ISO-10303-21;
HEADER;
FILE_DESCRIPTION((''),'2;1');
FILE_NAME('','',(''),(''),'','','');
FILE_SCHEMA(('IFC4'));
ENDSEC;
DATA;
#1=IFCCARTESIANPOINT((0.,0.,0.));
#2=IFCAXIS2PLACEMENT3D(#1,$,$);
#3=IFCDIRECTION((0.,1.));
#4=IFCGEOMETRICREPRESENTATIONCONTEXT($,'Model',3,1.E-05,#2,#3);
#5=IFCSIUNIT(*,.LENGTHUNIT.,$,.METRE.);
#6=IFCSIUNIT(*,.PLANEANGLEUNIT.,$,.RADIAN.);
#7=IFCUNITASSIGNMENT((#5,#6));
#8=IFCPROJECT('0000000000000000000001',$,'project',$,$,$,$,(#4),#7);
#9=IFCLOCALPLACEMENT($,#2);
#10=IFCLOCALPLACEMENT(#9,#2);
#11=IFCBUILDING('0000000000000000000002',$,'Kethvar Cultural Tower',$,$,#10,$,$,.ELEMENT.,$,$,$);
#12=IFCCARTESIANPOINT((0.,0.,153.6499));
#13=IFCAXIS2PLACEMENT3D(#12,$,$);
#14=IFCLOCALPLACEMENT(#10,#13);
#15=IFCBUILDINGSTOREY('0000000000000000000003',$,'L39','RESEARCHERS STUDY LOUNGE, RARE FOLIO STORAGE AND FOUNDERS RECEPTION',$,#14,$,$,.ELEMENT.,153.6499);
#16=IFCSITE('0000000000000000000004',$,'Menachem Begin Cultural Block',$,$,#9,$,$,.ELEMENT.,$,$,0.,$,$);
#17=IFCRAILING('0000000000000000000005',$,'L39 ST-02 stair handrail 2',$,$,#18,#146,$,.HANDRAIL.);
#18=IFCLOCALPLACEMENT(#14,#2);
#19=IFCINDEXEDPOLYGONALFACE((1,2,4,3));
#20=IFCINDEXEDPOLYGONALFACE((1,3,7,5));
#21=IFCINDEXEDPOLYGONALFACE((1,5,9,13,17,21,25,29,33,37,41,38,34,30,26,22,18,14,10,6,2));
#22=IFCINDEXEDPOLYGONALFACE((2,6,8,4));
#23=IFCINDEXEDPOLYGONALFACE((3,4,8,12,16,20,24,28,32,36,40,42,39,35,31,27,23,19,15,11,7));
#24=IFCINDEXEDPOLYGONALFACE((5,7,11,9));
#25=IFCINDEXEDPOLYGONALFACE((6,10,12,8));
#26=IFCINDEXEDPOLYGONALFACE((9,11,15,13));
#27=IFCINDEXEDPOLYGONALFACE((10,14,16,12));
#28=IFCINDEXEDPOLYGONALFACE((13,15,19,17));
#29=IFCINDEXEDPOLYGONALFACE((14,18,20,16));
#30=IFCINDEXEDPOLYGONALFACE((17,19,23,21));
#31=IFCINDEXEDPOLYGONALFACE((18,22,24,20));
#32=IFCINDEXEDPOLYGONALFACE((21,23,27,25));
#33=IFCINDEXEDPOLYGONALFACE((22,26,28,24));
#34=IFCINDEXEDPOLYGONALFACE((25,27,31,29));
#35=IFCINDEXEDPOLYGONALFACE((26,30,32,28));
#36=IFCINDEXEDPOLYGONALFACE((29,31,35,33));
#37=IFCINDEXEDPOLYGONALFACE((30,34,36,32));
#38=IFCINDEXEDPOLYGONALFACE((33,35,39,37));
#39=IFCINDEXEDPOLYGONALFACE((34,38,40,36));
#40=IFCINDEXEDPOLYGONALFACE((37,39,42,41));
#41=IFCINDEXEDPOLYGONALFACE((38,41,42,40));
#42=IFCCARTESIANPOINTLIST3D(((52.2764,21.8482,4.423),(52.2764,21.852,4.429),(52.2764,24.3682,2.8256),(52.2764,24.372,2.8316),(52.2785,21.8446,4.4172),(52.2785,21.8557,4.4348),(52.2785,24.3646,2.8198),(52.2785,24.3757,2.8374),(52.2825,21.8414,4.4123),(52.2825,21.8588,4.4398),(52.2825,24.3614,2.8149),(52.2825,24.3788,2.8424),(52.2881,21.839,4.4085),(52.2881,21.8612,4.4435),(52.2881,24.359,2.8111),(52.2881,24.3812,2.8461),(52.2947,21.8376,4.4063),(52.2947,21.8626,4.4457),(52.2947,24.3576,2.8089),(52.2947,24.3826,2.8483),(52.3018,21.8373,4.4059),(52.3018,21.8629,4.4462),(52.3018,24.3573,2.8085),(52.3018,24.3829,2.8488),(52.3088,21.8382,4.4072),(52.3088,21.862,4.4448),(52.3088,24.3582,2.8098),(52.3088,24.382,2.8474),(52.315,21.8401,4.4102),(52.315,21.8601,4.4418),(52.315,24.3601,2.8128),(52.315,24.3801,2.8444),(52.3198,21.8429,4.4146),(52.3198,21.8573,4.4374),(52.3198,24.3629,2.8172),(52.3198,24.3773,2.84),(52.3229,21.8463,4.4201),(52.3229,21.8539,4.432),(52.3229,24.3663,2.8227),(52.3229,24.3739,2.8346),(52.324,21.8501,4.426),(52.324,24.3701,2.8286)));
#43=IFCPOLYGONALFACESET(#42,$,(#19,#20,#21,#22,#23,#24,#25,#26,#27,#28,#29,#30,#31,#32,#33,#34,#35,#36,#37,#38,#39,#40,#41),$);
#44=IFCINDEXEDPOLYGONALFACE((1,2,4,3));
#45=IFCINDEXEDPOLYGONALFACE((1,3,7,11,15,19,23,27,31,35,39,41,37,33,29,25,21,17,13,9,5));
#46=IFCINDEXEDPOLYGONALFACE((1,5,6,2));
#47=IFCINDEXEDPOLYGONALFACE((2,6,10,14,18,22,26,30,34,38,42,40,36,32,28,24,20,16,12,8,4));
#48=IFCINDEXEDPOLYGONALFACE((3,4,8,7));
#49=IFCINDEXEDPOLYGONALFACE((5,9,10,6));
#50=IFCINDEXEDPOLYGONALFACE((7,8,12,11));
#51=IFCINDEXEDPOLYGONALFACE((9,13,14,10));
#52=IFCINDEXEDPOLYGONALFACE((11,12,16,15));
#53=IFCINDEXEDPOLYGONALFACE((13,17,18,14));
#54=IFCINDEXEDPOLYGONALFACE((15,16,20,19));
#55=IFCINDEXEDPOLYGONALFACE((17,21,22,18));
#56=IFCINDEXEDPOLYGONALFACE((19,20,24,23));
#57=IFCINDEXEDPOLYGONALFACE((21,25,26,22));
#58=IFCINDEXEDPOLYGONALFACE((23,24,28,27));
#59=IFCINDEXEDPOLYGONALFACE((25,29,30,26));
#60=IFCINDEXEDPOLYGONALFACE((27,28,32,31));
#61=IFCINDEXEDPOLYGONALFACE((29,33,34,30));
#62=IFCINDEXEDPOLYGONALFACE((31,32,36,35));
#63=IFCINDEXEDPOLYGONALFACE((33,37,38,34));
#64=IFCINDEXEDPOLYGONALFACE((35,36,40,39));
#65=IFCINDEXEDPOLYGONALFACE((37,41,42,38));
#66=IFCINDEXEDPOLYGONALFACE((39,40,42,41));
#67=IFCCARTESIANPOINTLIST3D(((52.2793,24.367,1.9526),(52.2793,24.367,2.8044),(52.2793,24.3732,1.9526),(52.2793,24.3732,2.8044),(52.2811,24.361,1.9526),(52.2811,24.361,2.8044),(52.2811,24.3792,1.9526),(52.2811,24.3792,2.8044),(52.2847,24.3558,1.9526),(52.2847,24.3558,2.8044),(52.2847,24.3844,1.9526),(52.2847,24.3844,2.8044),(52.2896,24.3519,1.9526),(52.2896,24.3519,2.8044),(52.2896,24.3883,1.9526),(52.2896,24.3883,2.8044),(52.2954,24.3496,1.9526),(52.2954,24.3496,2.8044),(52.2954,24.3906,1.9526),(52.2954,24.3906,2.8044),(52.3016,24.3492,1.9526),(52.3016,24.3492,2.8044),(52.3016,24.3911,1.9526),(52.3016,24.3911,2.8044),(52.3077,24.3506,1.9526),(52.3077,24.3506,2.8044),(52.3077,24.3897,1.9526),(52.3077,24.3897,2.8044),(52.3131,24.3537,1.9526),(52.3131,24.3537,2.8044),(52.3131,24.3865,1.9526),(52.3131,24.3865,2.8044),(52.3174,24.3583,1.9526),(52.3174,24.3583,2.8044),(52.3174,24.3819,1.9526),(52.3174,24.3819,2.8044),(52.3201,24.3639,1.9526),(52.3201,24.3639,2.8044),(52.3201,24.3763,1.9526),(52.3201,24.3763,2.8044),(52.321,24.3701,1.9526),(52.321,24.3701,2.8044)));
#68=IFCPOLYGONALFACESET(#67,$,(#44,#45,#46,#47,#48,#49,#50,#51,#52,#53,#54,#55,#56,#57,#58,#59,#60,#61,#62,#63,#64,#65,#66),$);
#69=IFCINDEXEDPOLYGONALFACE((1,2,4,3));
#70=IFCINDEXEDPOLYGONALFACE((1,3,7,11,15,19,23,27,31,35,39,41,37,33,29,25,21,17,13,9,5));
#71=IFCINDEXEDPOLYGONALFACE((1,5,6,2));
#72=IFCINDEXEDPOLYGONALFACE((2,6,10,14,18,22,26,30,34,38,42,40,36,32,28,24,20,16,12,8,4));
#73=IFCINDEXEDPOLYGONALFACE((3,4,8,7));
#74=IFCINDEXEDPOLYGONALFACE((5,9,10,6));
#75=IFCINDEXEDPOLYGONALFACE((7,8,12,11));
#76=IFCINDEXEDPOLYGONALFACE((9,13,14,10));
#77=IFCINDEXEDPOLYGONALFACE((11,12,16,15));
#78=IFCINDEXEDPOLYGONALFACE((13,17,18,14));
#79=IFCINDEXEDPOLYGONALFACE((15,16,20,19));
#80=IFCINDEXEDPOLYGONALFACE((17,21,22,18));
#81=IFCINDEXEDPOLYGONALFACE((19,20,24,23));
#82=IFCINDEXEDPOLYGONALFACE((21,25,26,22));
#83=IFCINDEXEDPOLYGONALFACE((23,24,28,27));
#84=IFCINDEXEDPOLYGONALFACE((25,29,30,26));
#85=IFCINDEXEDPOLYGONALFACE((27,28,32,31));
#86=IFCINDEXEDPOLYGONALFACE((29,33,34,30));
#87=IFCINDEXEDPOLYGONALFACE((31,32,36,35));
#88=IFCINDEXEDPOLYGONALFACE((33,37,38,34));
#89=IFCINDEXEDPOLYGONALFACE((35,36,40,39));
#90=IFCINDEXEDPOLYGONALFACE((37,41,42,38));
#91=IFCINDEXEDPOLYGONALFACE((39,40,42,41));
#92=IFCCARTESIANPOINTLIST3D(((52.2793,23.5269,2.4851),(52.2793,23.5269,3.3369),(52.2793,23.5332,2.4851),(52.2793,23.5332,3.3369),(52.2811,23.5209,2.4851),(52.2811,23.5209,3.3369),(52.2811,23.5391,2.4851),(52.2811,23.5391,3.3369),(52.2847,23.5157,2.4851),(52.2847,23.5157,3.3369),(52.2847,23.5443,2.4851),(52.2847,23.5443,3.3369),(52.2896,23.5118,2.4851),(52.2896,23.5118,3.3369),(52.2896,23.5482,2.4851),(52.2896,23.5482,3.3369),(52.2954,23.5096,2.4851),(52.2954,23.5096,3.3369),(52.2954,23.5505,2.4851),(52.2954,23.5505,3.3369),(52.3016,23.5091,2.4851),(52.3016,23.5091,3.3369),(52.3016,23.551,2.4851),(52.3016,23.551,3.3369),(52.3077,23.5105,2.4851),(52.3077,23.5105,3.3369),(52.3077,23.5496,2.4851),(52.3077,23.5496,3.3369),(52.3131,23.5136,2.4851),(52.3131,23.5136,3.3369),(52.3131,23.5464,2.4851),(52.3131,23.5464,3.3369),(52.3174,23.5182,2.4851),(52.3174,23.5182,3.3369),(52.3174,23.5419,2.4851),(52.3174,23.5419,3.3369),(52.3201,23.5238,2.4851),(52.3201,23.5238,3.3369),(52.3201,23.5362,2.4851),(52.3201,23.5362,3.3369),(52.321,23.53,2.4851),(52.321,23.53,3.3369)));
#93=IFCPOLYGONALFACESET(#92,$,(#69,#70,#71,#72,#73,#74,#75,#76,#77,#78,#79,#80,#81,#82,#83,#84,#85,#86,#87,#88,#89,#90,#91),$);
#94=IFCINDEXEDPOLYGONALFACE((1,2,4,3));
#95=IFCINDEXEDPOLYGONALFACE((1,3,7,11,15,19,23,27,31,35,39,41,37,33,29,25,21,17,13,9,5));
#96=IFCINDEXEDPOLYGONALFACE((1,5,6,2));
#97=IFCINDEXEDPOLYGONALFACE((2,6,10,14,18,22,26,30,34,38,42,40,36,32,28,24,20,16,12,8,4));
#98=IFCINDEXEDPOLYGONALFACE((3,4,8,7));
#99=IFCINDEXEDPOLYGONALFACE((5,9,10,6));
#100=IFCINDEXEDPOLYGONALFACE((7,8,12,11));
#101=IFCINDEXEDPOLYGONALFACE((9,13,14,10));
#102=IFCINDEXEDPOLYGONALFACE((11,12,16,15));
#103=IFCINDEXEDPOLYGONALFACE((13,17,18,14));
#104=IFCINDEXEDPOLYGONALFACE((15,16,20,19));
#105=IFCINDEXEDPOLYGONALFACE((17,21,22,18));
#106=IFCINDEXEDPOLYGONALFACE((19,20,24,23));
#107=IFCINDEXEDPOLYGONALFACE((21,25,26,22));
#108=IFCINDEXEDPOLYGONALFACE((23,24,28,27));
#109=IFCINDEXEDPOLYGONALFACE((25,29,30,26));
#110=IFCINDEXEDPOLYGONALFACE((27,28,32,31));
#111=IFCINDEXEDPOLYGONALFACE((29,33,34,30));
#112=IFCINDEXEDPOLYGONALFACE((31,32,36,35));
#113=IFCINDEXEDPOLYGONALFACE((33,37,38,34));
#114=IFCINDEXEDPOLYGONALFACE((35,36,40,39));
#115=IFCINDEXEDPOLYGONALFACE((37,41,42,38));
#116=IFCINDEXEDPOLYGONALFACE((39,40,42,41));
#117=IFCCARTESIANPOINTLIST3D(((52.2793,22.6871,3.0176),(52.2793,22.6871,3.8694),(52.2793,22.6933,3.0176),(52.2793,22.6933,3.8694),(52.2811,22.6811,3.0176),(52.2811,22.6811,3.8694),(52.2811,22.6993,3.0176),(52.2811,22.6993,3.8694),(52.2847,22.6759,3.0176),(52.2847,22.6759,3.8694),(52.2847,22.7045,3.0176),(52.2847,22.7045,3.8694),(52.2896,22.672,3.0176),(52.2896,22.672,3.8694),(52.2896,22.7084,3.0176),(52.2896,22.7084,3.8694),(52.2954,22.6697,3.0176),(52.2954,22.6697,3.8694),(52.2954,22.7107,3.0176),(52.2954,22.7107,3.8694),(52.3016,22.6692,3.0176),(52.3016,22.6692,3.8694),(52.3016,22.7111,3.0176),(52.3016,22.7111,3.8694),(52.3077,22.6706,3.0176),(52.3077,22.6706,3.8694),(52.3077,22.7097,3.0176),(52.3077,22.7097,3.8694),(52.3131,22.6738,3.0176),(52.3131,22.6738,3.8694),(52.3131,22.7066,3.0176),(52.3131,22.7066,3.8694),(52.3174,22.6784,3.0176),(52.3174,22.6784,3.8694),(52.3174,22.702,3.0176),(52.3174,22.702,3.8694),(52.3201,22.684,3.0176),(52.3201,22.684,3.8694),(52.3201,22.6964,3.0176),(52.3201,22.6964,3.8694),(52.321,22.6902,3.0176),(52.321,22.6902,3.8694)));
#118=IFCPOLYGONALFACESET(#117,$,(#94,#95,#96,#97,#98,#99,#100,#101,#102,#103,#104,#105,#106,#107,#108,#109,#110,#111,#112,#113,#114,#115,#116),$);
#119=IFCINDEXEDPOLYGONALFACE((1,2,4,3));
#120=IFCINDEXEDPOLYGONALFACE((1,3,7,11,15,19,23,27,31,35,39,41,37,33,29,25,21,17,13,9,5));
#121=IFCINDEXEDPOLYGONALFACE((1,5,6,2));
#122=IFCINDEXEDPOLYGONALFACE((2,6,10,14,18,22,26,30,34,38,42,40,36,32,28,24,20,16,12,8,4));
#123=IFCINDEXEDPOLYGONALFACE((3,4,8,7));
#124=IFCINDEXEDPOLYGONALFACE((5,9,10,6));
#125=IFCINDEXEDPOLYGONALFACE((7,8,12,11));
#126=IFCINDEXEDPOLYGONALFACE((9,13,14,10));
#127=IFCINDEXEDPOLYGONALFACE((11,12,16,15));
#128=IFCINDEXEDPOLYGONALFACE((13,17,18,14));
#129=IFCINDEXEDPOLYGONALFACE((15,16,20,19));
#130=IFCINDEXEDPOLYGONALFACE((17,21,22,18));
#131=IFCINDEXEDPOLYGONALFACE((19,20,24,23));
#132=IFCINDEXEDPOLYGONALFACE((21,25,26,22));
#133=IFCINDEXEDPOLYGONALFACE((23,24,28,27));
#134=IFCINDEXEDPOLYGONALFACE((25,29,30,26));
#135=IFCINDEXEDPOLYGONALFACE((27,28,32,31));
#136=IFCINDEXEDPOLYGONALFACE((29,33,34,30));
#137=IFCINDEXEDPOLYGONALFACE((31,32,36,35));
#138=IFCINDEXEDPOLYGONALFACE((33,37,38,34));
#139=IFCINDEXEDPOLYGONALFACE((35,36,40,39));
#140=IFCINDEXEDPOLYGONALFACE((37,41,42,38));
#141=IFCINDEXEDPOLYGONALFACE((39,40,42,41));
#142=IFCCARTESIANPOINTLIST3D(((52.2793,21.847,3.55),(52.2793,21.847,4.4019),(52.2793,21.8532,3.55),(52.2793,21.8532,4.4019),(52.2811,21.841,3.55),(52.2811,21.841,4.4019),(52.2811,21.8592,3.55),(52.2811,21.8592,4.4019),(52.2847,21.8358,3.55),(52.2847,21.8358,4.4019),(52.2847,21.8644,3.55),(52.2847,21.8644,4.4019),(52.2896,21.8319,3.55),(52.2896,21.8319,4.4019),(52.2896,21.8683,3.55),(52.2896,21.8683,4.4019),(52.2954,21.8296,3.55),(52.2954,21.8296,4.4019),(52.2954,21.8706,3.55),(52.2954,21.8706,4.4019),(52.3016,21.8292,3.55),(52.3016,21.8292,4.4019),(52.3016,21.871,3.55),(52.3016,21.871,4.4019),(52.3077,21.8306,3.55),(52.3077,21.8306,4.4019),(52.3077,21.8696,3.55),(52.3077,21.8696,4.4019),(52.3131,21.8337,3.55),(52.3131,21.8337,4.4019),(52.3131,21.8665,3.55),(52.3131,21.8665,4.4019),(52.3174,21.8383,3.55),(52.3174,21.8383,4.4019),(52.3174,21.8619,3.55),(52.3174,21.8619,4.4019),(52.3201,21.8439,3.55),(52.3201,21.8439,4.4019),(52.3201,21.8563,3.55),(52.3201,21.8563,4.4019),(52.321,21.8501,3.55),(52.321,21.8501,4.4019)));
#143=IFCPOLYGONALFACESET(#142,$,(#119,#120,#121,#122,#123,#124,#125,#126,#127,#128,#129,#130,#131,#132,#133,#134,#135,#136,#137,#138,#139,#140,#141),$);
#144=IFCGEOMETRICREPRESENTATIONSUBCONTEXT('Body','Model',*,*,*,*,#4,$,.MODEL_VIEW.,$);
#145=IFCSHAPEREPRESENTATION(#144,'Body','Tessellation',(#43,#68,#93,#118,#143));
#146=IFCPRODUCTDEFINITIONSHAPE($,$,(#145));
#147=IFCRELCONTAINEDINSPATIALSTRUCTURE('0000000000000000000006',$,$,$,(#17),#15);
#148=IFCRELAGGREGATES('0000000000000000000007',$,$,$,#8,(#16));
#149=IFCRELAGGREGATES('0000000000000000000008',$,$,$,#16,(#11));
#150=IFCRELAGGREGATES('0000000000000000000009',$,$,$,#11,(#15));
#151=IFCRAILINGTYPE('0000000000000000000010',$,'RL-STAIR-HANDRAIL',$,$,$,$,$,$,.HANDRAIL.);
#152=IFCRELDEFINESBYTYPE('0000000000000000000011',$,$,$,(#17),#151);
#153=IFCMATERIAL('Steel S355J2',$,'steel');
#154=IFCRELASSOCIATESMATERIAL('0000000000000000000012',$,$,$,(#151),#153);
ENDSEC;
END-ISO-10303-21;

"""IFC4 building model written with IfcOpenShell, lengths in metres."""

from ifc_helpers import new_model, si_unit, direction, frame, origin, origin_2d, place, context, subcontext, project, spatial, circle, extrude, material, type_object, element, save


model = new_model("IFC4")

# Units and contexts
model_context = context("Model", 3, precision=1e-05, world=origin(), true_north=direction((0.0, 1.0)))
body_context = subcontext(model_context, "Body", "Model", "MODEL_VIEW")
ifc_project = project(units=[si_unit("LENGTHUNIT", "METRE"), si_unit("PLANEANGLEUNIT", "RADIAN")], contexts=[model_context])

# Site, building, storey
site_placement = place(None, origin())
site = spatial("IfcSite", under=ifc_project, at=site_placement, Name="Menachem Begin Cultural Block", CompositionType="ELEMENT", RefElevation=0.0)
building_placement = place(site_placement, origin())
building = spatial("IfcBuilding", under=site, at=building_placement, Name="Kethvar Cultural Tower", CompositionType="ELEMENT")
storey_placement = place(building_placement, frame((0.0, 0.0, 153.6499)))
storey = spatial("IfcBuildingStorey", under=building, at=storey_placement, Name="L39", Description="RESEARCHERS STUDY LOUNGE, RARE FOLIO STORAGE AND FOUNDERS RECEPTION", CompositionType="ELEMENT", Elevation=153.6499)

# Shared definitions
ifc_material_1 = material(Name="Steel S355J2", Category="steel")

# Railing
railing_type_1 = type_object("IfcRailingType", Name="RL-STAIR-HANDRAIL", PredefinedType="HANDRAIL", material=ifc_material_1)
railing_1_placement = place(storey_placement, frame((52.3, 24.3701, 1.9526)))
element("IfcRailing", 1, at=railing_1_placement, inside=storey, type_object=railing_type_1, Name="L39 ST-02 stair handrail 2", PredefinedType="HANDRAIL", context=body_context, shape_type="SweptSolid", body=[
    extrude(circle(Radius=0.0239, at=origin_2d()), frame((0.0, 0.0, 0.876), z_axis=(0.0, -0.844607, 0.535387), x_axis=(1.0, 0.0, 0.0)), (0.0, 0.0, 1.0), 2.9836),
    extrude(circle(Radius=0.021, at=origin_2d()), origin(), (0.0, 0.0, 1.0), 0.8518),
    extrude(circle(Radius=0.021, at=origin_2d()), frame((0.0, -0.8401, 0.5325)), (0.0, 0.0, 1.0), 0.8518),
    extrude(circle(Radius=0.021, at=origin_2d()), frame((0.0, -1.6799, 1.0649)), (0.0, 0.0, 1.0), 0.8518),
    extrude(circle(Radius=0.021, at=origin_2d()), frame((0.0, -2.52, 1.5974)), (0.0, 0.0, 1.0), 0.8518),
])

save(model, "model.ifc")
